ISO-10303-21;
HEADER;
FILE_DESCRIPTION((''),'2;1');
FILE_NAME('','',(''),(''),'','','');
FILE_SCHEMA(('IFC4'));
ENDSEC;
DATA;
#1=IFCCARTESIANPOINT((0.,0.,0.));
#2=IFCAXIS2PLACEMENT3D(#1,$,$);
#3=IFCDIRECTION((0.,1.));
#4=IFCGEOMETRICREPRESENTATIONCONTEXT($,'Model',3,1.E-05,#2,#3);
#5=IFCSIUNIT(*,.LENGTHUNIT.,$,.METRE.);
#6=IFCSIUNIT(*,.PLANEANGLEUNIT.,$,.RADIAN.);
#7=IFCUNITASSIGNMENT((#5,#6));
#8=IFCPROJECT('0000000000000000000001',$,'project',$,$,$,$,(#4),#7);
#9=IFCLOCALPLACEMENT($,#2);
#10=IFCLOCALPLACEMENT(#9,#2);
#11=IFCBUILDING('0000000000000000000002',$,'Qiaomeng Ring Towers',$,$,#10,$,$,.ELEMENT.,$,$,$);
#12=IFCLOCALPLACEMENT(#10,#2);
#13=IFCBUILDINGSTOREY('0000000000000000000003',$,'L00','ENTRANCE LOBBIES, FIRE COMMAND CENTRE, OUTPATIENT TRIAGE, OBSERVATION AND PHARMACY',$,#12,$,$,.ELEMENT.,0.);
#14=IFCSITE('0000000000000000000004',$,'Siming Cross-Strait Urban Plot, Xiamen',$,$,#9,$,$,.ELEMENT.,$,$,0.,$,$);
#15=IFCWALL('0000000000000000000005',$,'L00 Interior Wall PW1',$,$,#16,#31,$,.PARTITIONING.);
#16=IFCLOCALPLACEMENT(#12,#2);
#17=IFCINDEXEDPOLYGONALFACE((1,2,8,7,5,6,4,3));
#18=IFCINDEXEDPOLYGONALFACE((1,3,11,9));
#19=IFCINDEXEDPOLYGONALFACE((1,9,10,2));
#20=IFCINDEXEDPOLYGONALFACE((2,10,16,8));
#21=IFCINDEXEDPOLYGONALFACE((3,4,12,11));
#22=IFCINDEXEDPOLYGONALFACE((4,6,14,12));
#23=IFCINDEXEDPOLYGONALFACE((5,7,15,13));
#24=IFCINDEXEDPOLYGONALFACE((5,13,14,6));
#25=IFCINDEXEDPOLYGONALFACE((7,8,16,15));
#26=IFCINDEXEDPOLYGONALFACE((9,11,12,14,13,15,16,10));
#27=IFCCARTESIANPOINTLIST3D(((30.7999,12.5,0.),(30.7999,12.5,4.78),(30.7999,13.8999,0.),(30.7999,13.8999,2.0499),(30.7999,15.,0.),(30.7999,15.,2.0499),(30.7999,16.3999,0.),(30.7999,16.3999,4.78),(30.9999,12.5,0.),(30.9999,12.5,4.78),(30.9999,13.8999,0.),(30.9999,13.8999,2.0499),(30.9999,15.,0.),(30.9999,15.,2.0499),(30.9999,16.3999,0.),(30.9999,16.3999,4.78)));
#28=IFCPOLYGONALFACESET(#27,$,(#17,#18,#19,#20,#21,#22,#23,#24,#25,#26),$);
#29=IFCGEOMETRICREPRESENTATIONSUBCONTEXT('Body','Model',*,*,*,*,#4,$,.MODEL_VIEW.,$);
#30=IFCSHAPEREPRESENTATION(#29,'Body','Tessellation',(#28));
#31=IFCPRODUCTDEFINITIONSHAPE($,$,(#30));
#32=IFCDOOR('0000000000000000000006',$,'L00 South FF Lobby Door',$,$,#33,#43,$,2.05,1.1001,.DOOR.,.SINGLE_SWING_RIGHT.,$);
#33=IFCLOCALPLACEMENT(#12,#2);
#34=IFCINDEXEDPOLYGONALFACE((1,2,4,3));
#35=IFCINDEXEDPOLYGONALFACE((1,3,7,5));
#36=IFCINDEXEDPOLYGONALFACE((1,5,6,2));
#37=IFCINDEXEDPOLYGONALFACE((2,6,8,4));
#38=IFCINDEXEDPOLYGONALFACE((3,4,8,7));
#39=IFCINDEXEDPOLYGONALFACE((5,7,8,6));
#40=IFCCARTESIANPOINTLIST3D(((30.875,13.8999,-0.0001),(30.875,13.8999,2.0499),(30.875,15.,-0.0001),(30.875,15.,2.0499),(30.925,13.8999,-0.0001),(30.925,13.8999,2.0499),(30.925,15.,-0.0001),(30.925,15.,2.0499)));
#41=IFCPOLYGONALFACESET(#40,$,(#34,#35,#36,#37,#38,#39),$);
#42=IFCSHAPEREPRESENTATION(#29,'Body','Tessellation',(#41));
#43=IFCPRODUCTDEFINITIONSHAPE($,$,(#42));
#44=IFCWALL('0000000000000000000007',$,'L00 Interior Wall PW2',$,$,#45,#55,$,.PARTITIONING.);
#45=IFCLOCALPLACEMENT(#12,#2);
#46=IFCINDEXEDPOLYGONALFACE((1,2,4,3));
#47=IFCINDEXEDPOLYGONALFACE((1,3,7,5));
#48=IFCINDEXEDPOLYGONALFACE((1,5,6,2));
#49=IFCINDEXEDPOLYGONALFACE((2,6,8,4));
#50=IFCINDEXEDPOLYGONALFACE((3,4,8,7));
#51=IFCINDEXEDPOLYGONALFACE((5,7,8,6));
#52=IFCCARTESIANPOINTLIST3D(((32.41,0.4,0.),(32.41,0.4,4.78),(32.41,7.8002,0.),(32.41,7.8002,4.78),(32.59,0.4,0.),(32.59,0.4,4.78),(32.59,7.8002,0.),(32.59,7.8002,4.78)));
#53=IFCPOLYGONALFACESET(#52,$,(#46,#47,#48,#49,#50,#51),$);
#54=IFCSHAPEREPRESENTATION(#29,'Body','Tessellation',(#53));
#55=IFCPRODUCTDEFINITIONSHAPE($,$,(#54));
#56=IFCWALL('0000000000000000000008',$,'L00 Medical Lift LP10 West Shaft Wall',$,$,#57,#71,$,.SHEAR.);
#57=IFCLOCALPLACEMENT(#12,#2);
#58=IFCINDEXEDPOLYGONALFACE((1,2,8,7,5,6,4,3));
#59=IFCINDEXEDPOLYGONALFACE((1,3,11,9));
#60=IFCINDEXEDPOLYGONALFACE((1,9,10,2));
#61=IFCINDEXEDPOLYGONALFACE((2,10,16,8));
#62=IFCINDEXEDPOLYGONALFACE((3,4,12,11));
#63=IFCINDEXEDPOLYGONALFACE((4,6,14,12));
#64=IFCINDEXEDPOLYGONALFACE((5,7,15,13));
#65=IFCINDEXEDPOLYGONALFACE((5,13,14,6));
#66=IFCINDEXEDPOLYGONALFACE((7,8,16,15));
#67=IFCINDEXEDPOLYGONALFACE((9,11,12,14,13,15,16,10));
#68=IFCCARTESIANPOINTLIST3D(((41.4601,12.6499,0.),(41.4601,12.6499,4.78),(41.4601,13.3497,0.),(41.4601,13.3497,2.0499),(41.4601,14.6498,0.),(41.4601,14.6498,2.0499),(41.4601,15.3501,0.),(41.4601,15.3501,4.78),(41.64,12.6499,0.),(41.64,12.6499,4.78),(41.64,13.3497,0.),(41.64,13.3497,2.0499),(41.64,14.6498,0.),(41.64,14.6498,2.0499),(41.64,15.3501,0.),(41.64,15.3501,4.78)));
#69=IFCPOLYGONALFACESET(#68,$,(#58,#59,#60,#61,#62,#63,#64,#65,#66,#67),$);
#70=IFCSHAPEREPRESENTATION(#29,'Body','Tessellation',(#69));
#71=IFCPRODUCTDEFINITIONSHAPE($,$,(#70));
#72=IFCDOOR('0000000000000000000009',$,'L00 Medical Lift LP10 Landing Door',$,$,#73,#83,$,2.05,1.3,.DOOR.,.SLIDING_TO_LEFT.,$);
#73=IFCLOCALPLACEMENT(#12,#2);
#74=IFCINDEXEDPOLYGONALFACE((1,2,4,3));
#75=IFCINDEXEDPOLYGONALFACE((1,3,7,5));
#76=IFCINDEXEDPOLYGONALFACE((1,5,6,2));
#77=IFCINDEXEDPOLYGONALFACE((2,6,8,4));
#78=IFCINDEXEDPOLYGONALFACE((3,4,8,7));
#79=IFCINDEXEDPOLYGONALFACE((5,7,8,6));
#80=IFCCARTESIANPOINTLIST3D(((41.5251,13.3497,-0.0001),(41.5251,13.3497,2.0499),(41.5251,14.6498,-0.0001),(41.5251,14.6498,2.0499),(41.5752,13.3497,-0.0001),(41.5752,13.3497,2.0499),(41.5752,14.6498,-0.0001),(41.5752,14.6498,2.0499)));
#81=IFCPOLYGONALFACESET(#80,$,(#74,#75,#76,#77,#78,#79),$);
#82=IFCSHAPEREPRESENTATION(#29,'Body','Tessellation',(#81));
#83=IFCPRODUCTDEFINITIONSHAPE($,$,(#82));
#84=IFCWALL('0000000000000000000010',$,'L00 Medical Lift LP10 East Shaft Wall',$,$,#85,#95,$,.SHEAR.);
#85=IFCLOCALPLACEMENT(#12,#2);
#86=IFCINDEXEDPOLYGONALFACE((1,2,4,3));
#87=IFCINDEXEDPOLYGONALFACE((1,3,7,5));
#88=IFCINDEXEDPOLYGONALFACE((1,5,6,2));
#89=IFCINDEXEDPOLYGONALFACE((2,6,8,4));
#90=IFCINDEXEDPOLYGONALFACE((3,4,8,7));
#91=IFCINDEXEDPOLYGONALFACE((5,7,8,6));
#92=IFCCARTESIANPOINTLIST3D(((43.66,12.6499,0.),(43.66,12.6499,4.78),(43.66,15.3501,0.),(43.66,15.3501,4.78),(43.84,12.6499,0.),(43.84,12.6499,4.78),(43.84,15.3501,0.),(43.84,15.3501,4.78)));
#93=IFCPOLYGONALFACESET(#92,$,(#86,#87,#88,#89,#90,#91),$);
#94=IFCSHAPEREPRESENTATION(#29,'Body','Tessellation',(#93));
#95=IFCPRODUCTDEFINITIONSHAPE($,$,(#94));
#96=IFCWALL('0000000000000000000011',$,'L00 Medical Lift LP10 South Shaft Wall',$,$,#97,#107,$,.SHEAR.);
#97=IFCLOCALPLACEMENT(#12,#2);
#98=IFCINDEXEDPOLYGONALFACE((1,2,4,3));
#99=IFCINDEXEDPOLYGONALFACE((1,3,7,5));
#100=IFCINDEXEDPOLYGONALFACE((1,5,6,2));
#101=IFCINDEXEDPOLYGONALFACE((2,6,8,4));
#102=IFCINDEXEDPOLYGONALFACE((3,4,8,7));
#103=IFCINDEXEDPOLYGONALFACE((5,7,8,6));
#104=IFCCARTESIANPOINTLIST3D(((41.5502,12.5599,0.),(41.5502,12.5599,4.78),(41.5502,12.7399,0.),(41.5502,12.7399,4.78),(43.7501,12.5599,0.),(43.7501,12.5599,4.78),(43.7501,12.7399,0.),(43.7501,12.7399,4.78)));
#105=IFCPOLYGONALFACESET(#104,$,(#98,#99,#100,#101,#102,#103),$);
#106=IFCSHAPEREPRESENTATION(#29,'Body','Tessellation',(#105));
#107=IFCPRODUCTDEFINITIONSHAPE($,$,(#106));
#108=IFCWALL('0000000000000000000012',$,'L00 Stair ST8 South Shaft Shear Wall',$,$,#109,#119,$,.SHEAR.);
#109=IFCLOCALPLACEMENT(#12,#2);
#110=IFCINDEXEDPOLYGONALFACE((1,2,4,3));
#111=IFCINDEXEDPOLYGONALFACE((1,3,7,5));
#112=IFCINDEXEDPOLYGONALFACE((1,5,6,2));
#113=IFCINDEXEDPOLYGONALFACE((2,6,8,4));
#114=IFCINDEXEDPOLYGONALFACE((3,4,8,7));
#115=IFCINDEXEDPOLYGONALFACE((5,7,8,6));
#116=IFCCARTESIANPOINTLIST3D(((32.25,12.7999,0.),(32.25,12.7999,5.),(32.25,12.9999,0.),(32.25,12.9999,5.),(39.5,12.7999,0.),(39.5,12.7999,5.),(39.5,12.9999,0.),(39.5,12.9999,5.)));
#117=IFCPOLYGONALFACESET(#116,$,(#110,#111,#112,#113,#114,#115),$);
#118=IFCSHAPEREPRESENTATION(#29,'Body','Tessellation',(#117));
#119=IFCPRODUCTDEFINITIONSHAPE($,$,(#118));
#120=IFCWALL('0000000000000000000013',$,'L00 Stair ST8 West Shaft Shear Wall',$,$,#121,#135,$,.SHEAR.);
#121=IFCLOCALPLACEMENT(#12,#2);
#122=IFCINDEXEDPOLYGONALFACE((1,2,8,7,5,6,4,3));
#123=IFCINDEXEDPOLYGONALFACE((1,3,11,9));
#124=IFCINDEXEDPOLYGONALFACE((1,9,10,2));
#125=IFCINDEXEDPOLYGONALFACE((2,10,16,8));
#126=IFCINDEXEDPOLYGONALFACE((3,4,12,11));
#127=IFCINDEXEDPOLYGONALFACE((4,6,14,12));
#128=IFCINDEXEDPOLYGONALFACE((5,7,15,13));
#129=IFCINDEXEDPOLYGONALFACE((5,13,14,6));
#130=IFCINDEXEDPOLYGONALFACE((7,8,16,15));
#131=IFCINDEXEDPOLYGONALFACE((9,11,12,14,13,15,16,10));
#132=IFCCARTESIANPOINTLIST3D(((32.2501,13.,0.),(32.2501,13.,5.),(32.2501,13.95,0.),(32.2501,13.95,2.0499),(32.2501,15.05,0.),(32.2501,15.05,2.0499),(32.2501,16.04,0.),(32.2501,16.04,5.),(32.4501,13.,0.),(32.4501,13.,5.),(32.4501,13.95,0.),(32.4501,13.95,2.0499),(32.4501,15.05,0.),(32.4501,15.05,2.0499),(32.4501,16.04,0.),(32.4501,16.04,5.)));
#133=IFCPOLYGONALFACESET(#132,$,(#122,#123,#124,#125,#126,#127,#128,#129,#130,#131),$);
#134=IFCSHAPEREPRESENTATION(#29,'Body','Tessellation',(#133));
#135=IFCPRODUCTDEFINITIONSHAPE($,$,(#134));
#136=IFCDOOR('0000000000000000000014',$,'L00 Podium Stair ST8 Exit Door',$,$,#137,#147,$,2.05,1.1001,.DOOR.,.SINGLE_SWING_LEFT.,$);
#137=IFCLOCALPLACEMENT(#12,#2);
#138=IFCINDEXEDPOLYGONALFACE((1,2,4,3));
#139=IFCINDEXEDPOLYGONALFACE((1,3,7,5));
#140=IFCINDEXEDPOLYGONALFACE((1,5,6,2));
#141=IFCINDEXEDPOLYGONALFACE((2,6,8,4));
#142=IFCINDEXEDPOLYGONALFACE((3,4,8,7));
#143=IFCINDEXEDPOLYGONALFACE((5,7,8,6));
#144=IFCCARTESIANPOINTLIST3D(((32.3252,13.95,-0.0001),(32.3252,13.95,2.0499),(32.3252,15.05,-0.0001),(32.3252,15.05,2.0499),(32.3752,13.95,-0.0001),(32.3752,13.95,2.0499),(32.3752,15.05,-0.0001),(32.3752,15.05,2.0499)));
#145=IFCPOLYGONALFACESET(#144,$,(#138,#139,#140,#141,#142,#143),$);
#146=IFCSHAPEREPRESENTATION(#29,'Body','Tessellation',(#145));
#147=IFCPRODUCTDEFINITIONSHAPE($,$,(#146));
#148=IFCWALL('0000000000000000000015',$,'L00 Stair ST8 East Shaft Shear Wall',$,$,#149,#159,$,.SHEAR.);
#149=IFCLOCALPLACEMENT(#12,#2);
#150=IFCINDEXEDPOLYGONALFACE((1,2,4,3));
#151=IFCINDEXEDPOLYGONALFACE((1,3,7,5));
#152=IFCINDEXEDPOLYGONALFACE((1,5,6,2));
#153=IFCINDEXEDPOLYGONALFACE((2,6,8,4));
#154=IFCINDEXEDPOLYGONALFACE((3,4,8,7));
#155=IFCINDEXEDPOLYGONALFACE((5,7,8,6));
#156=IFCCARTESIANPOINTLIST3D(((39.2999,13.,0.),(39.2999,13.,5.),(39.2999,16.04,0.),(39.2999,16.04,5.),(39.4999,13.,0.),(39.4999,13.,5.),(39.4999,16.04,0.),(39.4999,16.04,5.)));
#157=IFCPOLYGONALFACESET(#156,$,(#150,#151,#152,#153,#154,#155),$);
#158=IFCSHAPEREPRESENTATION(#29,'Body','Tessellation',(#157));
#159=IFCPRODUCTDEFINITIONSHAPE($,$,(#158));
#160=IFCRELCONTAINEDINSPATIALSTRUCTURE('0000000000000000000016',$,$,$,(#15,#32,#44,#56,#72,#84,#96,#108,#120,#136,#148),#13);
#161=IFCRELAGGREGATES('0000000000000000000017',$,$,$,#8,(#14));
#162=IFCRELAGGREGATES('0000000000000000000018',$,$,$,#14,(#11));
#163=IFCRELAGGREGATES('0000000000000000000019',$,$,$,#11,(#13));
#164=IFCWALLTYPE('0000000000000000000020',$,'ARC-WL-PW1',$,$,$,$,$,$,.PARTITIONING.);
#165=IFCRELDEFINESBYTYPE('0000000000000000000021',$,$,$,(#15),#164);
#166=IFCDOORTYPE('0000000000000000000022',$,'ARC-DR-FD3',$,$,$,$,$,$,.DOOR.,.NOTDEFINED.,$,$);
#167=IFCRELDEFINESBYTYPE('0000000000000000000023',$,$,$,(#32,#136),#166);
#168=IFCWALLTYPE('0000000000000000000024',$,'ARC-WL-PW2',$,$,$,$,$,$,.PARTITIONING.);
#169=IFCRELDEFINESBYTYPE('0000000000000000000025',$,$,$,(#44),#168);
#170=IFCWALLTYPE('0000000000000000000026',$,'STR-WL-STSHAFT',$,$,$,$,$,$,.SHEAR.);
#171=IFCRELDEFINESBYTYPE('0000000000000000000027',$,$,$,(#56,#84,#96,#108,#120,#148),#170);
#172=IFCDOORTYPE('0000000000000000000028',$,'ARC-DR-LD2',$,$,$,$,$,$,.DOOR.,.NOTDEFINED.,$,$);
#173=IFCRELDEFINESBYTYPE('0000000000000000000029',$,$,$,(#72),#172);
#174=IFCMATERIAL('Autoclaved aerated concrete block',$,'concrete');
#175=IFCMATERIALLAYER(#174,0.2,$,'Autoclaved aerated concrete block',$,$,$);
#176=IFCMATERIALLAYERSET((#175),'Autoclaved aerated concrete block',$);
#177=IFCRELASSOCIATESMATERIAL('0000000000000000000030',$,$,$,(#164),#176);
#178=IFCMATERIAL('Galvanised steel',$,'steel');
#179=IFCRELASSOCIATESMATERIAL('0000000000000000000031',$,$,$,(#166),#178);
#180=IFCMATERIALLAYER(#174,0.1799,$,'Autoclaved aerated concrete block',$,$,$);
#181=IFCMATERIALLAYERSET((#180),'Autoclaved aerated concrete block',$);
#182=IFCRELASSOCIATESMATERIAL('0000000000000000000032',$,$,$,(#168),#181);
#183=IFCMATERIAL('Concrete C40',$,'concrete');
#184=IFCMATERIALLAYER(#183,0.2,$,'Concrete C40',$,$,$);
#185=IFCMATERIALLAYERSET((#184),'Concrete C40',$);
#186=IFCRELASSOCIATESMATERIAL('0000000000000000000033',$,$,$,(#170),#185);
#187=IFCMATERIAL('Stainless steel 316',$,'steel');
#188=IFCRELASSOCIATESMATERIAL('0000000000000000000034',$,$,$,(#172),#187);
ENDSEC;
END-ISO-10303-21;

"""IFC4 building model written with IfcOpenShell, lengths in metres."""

from ifc_helpers import new_model, si_unit, direction, frame, frame_2d, origin, place, context, subcontext, project, spatial, rectangle, extrude, source, transform, mapped, material, layer, layer_set, type_object, element, fill, save


model = new_model("IFC4")

# Units and contexts
model_context = context("Model", 3, precision=1e-05, world=origin(), true_north=direction((0.0, 1.0)))
body_context = subcontext(model_context, "Body", "Model", "MODEL_VIEW")
ifc_project = project(units=[si_unit("LENGTHUNIT", "METRE"), si_unit("PLANEANGLEUNIT", "RADIAN")], contexts=[model_context])

# Site, building, storey
site_placement = place(None, origin())
site = spatial("IfcSite", under=ifc_project, at=site_placement, Name="Siming Cross-Strait Urban Plot, Xiamen", CompositionType="ELEMENT", RefElevation=0.0)
building_placement = place(site_placement, origin())
building = spatial("IfcBuilding", under=site, at=building_placement, Name="Qiaomeng Ring Towers", CompositionType="ELEMENT")
storey_placement = place(building_placement, origin())
storey = spatial("IfcBuildingStorey", under=building, at=storey_placement, Name="L00", Description="ENTRANCE LOBBIES, FIRE COMMAND CENTRE, OUTPATIENT TRIAGE, OBSERVATION AND PHARMACY", CompositionType="ELEMENT", Elevation=0.0)

# Shared definitions
ifc_material_1 = material(Name="Autoclaved aerated concrete block", Category="concrete")
ifc_layer_1 = layer(ifc_material_1, 0.2, Name="Autoclaved aerated concrete block")
ifc_layer_set_1 = layer_set([ifc_layer_1], Name="Autoclaved aerated concrete block")
wall_type_1 = type_object("IfcWallType", Name="ARC-WL-PW1", PredefinedType="PARTITIONING", material=ifc_layer_set_1)

# Wall, opening, door
wall_1_placement = place(storey_placement, frame((30.8999, 12.5, 0.0), z_axis=(0.0, 0.0, 1.0), x_axis=(0.0, 1.0, 0.0)))
wall_1 = element("IfcWall", 1, at=wall_1_placement, inside=storey, type_object=wall_type_1, Name="L00 Interior Wall PW1", PredefinedType="PARTITIONING", context=body_context, shape_type="SweptSolid", body=[
    extrude(rectangle(XDim=3.8999, YDim=0.2, at=frame_2d((1.95, 0.0))), origin(), (0.0, 0.0, 1.0), 4.78),
])
opening_1_placement = place(wall_1_placement, frame((1.3999, 0.0, 0.0)))
opening_1 = element("IfcOpeningElement", 2, at=opening_1_placement, cuts=wall_1, PredefinedType="OPENING", context=body_context, shape_type="SweptSolid", body=[
    extrude(rectangle(XDim=1.1001, YDim=2.05, at=frame_2d((0.55, 1.0249))), frame((0.0, 0.1099, 0.0), z_axis=(0.0, -1.0, 0.0), x_axis=(1.0, 0.0, 0.0)), (0.0, 0.0, 1.0), 0.22),
])
ifc_material_2 = material(Name="Galvanised steel", Category="steel")
door_type_1 = type_object("IfcDoorType", Name="ARC-DR-FD3", OperationType="NOTDEFINED", PredefinedType="DOOR", material=ifc_material_2)
shared_shape_1 = source(origin(), body_context, "Body", "SweptSolid", [
    extrude(rectangle(XDim=1.1001, YDim=2.05, at=frame_2d((0.55, 1.0249))), frame((0.0, 0.0249, 0.0), z_axis=(0.0, -1.0, 0.0), x_axis=(1.0, 0.0, 0.0)), (0.0, 0.0, 1.0), 0.05),
])
door_1_placement = place(opening_1_placement, origin())
door_1 = element("IfcDoor", 3, at=door_1_placement, inside=storey, type_object=door_type_1, Name="L00 South FF Lobby Door", OperationType="SINGLE_SWING_RIGHT", OverallHeight=2.05, OverallWidth=1.1001, PredefinedType="DOOR", context=body_context, shape_type="MappedRepresentation", body=[
    mapped(shared_shape_1, transform((0.0, 0.0, 0.0), x_axis=(1.0, 0.0, 0.0), y_axis=(0.0, 1.0, 0.0), z_axis=(0.0, 0.0, 1.0), scale=1.0)),
])
fill(opening_1, door_1)

# Wall
ifc_layer_2 = layer(ifc_material_1, 0.1799, Name="Autoclaved aerated concrete block")
ifc_layer_set_2 = layer_set([ifc_layer_2], Name="Autoclaved aerated concrete block")
wall_type_2 = type_object("IfcWallType", Name="ARC-WL-PW2", PredefinedType="PARTITIONING", material=ifc_layer_set_2)
wall_2_placement = place(storey_placement, frame((32.5, 0.3999, 0.0), z_axis=(0.0, 0.0, 1.0), x_axis=(0.0, 1.0, 0.0)))
element("IfcWall", 4, at=wall_2_placement, inside=storey, type_object=wall_type_2, Name="L00 Interior Wall PW2", PredefinedType="PARTITIONING", context=body_context, shape_type="SweptSolid", body=[
    extrude(rectangle(XDim=7.4001, YDim=0.1799, at=frame_2d((3.7002, 0.0))), origin(), (0.0, 0.0, 1.0), 4.78),
])

# Wall, opening, door
ifc_material_3 = material(Name="Concrete C40", Category="concrete")
ifc_layer_3 = layer(ifc_material_3, 0.2, Name="Concrete C40")
ifc_layer_set_3 = layer_set([ifc_layer_3], Name="Concrete C40")
wall_type_3 = type_object("IfcWallType", Name="STR-WL-STSHAFT", PredefinedType="SHEAR", material=ifc_layer_set_3)
wall_3_placement = place(storey_placement, frame((41.55, 12.6499, 0.0), z_axis=(0.0, 0.0, 1.0), x_axis=(0.0, 1.0, 0.0)))
wall_3 = element("IfcWall", 5, at=wall_3_placement, inside=storey, type_object=wall_type_3, Name="L00 Medical Lift LP10 West Shaft Wall", PredefinedType="SHEAR", context=body_context, shape_type="SweptSolid", body=[
    extrude(rectangle(XDim=2.7002, YDim=0.1799, at=frame_2d((1.3501, 0.0))), origin(), (0.0, 0.0, 1.0), 4.78),
])
opening_2_placement = place(wall_3_placement, frame((0.7, 0.0, 0.0)))
opening_2 = element("IfcOpeningElement", 6, at=opening_2_placement, cuts=wall_3, PredefinedType="OPENING", context=body_context, shape_type="SweptSolid", body=[
    extrude(rectangle(XDim=1.3, YDim=2.05, at=frame_2d((0.6499, 1.0249))), frame((0.0, 0.0999, 0.0), z_axis=(0.0, -1.0, 0.0), x_axis=(1.0, 0.0, 0.0)), (0.0, 0.0, 1.0), 0.2),
])
ifc_material_4 = material(Name="Stainless steel 316", Category="steel")
door_type_2 = type_object("IfcDoorType", Name="ARC-DR-LD2", OperationType="NOTDEFINED", PredefinedType="DOOR", material=ifc_material_4)
shared_shape_2 = source(origin(), body_context, "Body", "SweptSolid", [
    extrude(rectangle(XDim=1.3, YDim=2.05, at=frame_2d((0.6499, 1.0249))), frame((0.0, 0.0249, 0.0), z_axis=(0.0, -1.0, 0.0), x_axis=(1.0, 0.0, 0.0)), (0.0, 0.0, 1.0), 0.05),
])
door_2_placement = place(opening_2_placement, origin())
door_2 = element("IfcDoor", 7, at=door_2_placement, inside=storey, type_object=door_type_2, Name="L00 Medical Lift LP10 Landing Door", OperationType="SLIDING_TO_LEFT", OverallHeight=2.05, OverallWidth=1.3, PredefinedType="DOOR", context=body_context, shape_type="MappedRepresentation", body=[
    mapped(shared_shape_2, transform((0.0, 0.0, 0.0), x_axis=(1.0, 0.0, 0.0), y_axis=(0.0, 1.0, 0.0), z_axis=(0.0, 0.0, 1.0), scale=1.0)),
])
fill(opening_2, door_2)

# Walls
wall_4_placement = place(storey_placement, frame((43.75, 12.6499, 0.0), z_axis=(0.0, 0.0, 1.0), x_axis=(0.0, 1.0, 0.0)))
element("IfcWall", 8, at=wall_4_placement, inside=storey, type_object=wall_type_3, Name="L00 Medical Lift LP10 East Shaft Wall", PredefinedType="SHEAR", context=body_context, shape_type="SweptSolid", body=[
    extrude(rectangle(XDim=2.7002, YDim=0.1799, at=frame_2d((1.3501, 0.0))), origin(), (0.0, 0.0, 1.0), 4.78),
])
wall_5_placement = place(storey_placement, frame((41.55, 12.6499, 0.0), z_axis=(0.0, 0.0, 1.0), x_axis=(1.0, 0.0, 0.0)))
element("IfcWall", 9, at=wall_5_placement, inside=storey, type_object=wall_type_3, Name="L00 Medical Lift LP10 South Shaft Wall", PredefinedType="SHEAR", context=body_context, shape_type="SweptSolid", body=[
    extrude(rectangle(XDim=2.2, YDim=0.1799, at=frame_2d((1.1001, 0.0))), origin(), (0.0, 0.0, 1.0), 4.78),
])
wall_6_placement = place(storey_placement, frame((32.25, 12.8999, 0.0), z_axis=(0.0, 0.0, 1.0), x_axis=(1.0, 0.0, 0.0)))
element("IfcWall", 10, at=wall_6_placement, inside=storey, type_object=wall_type_3, Name="L00 Stair ST8 South Shaft Shear Wall", PredefinedType="SHEAR", context=body_context, shape_type="SweptSolid", body=[
    extrude(rectangle(XDim=7.25, YDim=0.2, at=frame_2d((3.625, 0.0))), origin(), (0.0, 0.0, 1.0), 5.0),
])

# Wall, opening, door
wall_7_placement = place(storey_placement, frame((32.3501, 13.0, 0.0), z_axis=(0.0, 0.0, 1.0), x_axis=(0.0, 1.0, 0.0)))
wall_7 = element("IfcWall", 11, at=wall_7_placement, inside=storey, type_object=wall_type_3, Name="L00 Stair ST8 West Shaft Shear Wall", PredefinedType="SHEAR", context=body_context, shape_type="SweptSolid", body=[
    extrude(rectangle(XDim=3.04, YDim=0.2, at=frame_2d((1.52, 0.0))), origin(), (0.0, 0.0, 1.0), 5.0),
])
opening_3_placement = place(wall_7_placement, frame((0.95, 0.0, 0.0)))
opening_3 = element("IfcOpeningElement", 12, at=opening_3_placement, cuts=wall_7, PredefinedType="OPENING", context=body_context, shape_type="SweptSolid", body=[
    extrude(rectangle(XDim=1.1001, YDim=2.05, at=frame_2d((0.55, 1.0249))), frame((0.0, 0.1099, 0.0), z_axis=(0.0, -1.0, 0.0), x_axis=(1.0, 0.0, 0.0)), (0.0, 0.0, 1.0), 0.22),
])
door_3_placement = place(opening_3_placement, origin())
door_3 = element("IfcDoor", 13, at=door_3_placement, inside=storey, type_object=door_type_1, Name="L00 Podium Stair ST8 Exit Door", OperationType="SINGLE_SWING_LEFT", OverallHeight=2.05, OverallWidth=1.1001, PredefinedType="DOOR", context=body_context, shape_type="MappedRepresentation", body=[
    mapped(shared_shape_1, transform((0.0, 0.0, 0.0), x_axis=(1.0, 0.0, 0.0), y_axis=(0.0, 1.0, 0.0), z_axis=(0.0, 0.0, 1.0), scale=1.0)),
])
fill(opening_3, door_3)

# Wall
wall_8_placement = place(storey_placement, frame((39.3999, 13.0, 0.0), z_axis=(0.0, 0.0, 1.0), x_axis=(0.0, 1.0, 0.0)))
element("IfcWall", 14, at=wall_8_placement, inside=storey, type_object=wall_type_3, Name="L00 Stair ST8 East Shaft Shear Wall", PredefinedType="SHEAR", context=body_context, shape_type="SweptSolid", body=[
    extrude(rectangle(XDim=3.04, YDim=0.2, at=frame_2d((1.52, 0.0))), origin(), (0.0, 0.0, 1.0), 5.0),
])

save(model, "model.ifc")
